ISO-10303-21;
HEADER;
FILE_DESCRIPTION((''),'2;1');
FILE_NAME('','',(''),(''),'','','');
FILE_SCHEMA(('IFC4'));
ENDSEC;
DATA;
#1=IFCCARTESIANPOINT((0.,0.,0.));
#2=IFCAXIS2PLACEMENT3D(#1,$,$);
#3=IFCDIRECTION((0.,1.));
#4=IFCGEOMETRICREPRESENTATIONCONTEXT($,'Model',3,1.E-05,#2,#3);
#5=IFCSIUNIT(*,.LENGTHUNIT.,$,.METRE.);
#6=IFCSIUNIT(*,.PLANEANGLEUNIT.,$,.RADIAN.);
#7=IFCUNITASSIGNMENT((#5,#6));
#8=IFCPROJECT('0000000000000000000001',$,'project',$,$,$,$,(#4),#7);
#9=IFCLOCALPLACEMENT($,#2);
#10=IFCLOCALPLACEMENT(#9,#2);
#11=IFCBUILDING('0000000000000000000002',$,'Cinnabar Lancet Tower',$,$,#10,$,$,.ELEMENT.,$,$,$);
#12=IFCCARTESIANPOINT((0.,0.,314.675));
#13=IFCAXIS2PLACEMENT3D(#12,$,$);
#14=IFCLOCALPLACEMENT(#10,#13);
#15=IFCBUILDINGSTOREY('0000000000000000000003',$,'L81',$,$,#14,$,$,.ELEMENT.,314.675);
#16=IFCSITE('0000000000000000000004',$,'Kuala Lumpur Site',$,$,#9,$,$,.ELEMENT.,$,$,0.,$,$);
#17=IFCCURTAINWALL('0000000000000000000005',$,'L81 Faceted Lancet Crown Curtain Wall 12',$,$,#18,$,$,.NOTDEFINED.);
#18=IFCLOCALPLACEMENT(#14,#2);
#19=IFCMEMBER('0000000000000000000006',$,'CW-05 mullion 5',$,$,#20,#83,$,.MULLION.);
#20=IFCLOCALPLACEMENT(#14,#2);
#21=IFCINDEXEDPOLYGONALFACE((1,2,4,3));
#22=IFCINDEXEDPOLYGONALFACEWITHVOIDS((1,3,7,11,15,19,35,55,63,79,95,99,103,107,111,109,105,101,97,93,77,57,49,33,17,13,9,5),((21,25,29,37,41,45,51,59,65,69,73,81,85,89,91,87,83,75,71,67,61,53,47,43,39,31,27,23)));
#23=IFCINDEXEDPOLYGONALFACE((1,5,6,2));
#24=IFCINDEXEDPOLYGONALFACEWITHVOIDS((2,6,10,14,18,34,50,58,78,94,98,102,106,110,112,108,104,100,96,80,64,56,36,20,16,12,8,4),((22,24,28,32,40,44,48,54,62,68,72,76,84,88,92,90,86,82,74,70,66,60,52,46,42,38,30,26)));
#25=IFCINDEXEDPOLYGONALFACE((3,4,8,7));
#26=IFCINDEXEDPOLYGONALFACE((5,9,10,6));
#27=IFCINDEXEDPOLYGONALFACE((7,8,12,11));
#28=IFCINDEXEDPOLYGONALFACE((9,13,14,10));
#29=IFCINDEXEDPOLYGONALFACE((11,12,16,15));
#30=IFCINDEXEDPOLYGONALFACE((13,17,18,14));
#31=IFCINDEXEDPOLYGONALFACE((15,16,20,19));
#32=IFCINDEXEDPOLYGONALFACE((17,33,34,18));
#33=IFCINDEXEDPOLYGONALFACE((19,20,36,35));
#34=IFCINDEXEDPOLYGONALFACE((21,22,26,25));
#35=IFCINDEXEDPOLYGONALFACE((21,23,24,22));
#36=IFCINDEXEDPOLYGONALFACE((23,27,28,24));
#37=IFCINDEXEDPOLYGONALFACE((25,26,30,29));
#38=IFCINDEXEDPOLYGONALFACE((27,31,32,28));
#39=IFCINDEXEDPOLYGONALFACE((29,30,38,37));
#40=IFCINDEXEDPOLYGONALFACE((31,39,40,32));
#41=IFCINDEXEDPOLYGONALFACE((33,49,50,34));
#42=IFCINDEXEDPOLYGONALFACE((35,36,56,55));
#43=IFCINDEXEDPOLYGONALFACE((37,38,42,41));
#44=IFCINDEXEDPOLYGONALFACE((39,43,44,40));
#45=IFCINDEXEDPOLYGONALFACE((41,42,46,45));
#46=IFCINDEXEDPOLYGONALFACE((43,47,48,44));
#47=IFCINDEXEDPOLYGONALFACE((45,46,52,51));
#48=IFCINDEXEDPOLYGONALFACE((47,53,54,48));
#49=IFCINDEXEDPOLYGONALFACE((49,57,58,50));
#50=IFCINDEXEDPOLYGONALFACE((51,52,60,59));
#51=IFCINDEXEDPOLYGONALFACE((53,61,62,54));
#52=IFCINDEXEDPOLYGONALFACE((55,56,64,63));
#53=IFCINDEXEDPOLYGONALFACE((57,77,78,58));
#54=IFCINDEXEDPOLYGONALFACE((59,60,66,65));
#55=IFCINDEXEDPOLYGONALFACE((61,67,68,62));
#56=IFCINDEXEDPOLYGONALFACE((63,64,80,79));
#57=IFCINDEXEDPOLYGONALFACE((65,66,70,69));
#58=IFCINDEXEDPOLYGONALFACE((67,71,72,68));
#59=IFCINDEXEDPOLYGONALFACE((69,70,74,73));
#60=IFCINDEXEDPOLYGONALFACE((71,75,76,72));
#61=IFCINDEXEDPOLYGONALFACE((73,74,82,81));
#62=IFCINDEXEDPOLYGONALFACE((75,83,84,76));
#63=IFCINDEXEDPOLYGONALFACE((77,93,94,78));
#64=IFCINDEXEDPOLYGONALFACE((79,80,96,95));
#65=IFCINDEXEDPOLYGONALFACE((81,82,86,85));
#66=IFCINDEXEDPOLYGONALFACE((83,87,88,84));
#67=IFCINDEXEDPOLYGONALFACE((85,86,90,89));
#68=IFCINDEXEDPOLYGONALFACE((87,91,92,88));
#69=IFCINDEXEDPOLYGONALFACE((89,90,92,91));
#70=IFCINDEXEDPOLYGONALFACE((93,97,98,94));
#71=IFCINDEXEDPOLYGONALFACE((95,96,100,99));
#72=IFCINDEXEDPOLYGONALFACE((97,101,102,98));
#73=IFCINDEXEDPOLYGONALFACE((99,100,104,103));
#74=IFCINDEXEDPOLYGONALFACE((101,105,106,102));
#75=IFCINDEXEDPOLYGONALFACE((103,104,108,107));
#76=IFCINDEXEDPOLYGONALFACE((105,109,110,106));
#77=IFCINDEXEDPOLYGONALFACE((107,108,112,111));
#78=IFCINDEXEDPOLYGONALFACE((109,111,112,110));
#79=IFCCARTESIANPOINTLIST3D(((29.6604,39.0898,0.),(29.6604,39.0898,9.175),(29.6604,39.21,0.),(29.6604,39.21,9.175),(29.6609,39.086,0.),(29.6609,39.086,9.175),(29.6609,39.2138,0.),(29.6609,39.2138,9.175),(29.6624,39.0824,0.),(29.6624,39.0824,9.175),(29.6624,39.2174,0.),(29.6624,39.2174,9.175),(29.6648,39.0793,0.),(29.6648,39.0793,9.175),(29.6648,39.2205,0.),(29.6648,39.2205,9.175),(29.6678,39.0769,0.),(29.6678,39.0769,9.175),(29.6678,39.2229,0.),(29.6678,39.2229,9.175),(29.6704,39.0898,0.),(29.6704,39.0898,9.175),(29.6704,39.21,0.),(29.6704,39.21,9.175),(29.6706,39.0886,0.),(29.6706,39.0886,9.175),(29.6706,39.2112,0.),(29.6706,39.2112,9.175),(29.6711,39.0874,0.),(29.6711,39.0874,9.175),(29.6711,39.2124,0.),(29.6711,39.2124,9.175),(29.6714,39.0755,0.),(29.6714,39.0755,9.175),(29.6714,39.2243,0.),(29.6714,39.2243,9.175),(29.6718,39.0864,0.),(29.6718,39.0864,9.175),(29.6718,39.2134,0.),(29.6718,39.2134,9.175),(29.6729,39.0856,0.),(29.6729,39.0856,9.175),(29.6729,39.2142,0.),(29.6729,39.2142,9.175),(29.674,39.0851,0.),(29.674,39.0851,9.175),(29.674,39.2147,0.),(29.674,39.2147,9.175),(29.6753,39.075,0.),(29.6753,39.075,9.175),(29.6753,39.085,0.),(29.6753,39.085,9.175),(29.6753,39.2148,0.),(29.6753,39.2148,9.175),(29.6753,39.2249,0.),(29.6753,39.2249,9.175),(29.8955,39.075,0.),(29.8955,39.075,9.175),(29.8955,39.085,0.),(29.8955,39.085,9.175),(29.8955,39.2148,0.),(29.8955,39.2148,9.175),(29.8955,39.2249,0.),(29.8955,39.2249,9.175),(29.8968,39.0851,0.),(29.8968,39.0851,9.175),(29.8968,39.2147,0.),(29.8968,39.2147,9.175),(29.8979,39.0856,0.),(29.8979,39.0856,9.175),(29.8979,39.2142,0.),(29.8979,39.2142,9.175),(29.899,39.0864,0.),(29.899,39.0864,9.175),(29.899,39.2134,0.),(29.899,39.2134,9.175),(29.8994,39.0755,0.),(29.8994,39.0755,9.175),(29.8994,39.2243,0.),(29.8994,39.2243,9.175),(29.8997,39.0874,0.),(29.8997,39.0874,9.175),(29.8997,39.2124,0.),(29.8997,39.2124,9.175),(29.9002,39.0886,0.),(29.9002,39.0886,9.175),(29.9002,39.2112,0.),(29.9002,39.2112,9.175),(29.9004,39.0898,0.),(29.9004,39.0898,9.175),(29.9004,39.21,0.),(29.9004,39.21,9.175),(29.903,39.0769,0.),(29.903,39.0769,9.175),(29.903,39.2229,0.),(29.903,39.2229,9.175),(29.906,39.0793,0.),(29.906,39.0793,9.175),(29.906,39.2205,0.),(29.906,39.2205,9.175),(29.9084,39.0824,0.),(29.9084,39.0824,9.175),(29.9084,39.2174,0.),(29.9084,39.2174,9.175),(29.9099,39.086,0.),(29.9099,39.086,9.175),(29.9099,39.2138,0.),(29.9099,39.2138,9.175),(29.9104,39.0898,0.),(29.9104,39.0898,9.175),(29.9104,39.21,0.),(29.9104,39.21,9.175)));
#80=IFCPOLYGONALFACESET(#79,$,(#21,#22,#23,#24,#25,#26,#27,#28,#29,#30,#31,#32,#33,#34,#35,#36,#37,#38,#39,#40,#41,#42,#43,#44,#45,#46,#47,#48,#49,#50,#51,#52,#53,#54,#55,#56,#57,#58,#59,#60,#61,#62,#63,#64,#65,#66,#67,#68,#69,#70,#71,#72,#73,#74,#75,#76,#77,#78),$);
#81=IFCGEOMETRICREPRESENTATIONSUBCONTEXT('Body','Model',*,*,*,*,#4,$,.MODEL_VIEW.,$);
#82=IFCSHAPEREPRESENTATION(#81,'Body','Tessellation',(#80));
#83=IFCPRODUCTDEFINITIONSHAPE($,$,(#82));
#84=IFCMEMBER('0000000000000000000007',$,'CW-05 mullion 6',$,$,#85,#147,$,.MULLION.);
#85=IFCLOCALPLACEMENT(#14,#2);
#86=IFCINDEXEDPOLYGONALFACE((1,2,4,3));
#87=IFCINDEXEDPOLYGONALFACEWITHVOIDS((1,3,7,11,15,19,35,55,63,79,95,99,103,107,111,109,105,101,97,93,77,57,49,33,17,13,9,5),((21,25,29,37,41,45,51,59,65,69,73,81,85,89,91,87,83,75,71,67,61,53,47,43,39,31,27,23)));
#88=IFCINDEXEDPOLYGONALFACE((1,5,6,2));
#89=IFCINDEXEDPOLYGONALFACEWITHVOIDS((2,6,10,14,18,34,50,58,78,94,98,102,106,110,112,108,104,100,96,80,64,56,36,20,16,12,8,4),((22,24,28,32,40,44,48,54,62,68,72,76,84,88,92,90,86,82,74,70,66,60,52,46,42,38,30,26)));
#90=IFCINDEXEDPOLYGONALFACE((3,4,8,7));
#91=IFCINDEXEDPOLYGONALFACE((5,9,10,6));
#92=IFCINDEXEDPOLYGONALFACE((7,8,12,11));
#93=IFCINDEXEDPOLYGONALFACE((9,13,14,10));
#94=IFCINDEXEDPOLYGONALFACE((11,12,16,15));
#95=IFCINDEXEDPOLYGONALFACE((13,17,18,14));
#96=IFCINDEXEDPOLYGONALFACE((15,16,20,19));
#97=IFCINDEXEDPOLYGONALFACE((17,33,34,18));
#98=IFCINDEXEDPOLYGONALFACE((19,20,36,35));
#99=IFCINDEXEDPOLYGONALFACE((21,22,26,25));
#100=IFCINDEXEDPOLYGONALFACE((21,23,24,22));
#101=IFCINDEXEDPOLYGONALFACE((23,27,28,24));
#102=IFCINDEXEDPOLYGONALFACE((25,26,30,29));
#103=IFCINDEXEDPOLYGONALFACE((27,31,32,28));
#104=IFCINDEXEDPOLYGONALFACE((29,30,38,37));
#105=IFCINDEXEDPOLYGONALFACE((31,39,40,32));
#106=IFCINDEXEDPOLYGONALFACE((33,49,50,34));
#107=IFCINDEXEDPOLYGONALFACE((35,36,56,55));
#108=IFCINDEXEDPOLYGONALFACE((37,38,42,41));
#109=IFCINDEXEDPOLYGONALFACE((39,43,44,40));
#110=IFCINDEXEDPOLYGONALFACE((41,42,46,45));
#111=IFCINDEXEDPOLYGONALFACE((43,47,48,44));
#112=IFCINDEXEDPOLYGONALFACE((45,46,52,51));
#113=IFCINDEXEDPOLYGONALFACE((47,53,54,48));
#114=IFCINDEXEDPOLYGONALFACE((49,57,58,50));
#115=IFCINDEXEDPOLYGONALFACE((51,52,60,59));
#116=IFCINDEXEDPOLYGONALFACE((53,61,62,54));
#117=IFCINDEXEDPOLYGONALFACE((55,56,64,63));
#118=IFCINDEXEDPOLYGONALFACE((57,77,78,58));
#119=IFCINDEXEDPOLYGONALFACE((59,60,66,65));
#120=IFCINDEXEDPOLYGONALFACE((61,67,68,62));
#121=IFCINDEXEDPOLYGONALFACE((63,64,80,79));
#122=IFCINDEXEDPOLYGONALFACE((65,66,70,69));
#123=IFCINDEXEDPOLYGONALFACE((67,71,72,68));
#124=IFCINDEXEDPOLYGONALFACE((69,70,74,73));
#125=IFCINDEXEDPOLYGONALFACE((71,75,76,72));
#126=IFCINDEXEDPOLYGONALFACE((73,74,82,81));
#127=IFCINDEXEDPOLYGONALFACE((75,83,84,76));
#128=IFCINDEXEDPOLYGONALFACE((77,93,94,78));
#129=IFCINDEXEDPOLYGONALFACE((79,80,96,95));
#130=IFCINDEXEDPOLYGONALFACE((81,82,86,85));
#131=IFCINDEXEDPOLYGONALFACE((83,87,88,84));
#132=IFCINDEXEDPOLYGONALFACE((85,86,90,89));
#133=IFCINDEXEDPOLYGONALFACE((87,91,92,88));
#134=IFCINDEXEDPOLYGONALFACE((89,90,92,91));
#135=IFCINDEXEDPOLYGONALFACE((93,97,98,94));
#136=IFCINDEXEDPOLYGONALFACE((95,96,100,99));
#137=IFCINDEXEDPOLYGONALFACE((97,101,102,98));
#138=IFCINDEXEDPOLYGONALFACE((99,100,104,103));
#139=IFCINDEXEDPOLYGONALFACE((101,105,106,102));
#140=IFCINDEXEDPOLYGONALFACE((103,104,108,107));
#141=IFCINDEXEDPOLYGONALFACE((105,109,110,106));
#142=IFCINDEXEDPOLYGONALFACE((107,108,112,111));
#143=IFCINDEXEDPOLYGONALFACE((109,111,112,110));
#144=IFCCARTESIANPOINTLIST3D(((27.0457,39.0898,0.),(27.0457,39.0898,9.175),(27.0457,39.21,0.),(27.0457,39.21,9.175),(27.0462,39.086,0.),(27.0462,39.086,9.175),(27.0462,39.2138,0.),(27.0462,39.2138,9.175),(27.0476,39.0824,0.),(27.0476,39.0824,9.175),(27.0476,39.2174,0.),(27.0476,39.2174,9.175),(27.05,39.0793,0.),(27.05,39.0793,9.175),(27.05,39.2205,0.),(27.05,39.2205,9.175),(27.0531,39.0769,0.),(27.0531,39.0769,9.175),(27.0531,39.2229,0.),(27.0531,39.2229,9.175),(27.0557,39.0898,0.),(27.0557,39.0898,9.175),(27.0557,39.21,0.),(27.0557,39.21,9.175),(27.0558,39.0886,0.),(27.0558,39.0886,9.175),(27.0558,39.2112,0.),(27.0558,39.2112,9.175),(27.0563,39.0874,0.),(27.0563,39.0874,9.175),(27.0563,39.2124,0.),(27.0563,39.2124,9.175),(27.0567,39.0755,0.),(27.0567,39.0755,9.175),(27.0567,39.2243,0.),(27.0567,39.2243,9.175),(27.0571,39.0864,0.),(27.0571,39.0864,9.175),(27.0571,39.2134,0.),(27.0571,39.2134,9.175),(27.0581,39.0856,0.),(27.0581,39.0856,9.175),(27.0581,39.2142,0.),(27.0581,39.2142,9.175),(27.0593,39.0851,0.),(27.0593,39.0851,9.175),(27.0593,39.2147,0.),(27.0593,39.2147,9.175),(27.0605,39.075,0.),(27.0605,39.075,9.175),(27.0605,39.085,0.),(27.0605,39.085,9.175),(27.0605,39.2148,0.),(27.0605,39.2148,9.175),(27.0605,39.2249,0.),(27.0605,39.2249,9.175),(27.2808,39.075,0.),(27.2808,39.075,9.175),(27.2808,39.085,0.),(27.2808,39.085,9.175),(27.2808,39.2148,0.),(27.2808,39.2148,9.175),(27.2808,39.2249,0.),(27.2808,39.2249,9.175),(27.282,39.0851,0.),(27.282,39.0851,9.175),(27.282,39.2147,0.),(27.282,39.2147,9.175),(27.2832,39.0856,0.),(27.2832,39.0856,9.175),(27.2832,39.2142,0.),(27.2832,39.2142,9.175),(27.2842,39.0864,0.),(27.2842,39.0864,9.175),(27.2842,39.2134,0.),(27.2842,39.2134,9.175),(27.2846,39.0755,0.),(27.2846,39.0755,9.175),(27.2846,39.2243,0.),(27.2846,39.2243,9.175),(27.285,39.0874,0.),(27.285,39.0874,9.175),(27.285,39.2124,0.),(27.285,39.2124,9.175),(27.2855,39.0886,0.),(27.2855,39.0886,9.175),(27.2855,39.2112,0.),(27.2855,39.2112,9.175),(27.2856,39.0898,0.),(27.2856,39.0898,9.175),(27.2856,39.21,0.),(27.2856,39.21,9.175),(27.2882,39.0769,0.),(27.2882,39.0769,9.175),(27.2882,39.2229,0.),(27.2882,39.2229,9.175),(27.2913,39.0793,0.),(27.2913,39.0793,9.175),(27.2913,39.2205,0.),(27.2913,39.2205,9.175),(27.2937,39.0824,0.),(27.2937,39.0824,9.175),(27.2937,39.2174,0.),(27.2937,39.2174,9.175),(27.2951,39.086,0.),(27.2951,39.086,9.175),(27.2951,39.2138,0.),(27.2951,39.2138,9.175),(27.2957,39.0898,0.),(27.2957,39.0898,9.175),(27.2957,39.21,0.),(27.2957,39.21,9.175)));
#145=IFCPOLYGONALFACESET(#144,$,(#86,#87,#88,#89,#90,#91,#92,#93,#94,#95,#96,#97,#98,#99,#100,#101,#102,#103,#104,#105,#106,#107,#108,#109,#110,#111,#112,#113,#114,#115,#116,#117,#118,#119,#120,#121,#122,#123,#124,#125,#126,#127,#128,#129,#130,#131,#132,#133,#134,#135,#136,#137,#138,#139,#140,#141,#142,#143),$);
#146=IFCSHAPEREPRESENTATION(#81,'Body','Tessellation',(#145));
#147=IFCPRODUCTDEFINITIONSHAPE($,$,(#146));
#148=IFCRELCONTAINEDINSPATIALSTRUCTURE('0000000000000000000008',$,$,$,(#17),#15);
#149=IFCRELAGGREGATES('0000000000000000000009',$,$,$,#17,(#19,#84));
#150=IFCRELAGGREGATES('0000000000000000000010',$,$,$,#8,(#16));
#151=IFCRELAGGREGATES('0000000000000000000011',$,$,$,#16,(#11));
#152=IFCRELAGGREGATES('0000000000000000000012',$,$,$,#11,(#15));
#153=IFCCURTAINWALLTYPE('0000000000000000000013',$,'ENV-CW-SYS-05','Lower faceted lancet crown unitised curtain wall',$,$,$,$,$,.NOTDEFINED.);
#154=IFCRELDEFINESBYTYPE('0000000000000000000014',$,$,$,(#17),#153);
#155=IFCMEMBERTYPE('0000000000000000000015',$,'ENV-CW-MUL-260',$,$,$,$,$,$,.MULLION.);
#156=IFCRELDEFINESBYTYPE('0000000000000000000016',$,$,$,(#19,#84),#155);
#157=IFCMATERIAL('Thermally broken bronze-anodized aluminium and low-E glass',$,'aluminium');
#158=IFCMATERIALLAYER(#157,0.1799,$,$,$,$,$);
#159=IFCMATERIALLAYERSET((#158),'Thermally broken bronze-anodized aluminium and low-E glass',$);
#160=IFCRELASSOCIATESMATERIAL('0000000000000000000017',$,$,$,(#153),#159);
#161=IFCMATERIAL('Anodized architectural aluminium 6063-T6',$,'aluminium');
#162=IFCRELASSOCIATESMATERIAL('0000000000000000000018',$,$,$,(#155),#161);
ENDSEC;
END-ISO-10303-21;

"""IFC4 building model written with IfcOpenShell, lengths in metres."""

from ifc_helpers import new_model, si_unit, direction, frame, origin, origin_2d, place, context, subcontext, project, spatial, hollow_rectangle, extrude, material, layer, layer_set, material_profile, profile_set, type_object, element, aggregate, save


model = new_model("IFC4")

# Units and contexts
model_context = context("Model", 3, precision=1e-05, world=origin(), true_north=direction((0.0, 1.0)))
body_context = subcontext(model_context, "Body", "Model", "MODEL_VIEW")
ifc_project = project(units=[si_unit("LENGTHUNIT", "METRE"), si_unit("PLANEANGLEUNIT", "RADIAN")], contexts=[model_context])

# Site, building, storey
site_placement = place(None, origin())
site = spatial("IfcSite", under=ifc_project, at=site_placement, Name="Kuala Lumpur Site", CompositionType="ELEMENT", RefElevation=0.0)
building_placement = place(site_placement, origin())
building = spatial("IfcBuilding", under=site, at=building_placement, Name="Cinnabar Lancet Tower", CompositionType="ELEMENT")
storey_placement = place(building_placement, frame((0.0, 0.0, 314.675)))
storey = spatial("IfcBuildingStorey", under=building, at=storey_placement, Name="L81", CompositionType="ELEMENT", Elevation=314.675)

# Curtain wall, members
ifc_material_1 = material(Name="Thermally broken bronze-anodized aluminium and low-E glass", Category="aluminium")
ifc_layer_1 = layer(ifc_material_1, 0.1799)
ifc_layer_set_1 = layer_set([ifc_layer_1], Name="Thermally broken bronze-anodized aluminium and low-E glass")
curtain_wall_type = type_object("IfcCurtainWallType", Name="ENV-CW-SYS-05", Description="Lower faceted lancet crown unitised curtain wall", PredefinedType="NOTDEFINED", material=ifc_layer_set_1)
curtain_wall_1_placement = place(storey_placement, origin())
curtain_wall_1 = element("IfcCurtainWall", 1, at=curtain_wall_1_placement, inside=storey, type_object=curtain_wall_type, Name="L81 Faceted Lancet Crown Curtain Wall 12", PredefinedType="NOTDEFINED")
ifc_material_2 = material(Name="Anodized architectural aluminium 6063-T6", Category="aluminium")
ifc_material_profile_1 = material_profile(ifc_material_2, hollow_rectangle(XDim=0.1499, YDim=0.25, WallThickness=0.01, InnerFilletRadius=0.0049, OuterFilletRadius=0.0149, at=origin_2d()), Name="RHS 250x150x10")
ifc_profile_set_1 = profile_set([ifc_material_profile_1], Name="Anodized architectural aluminium 6063-T6")
member_type_1 = type_object("IfcMemberType", Name="ENV-CW-MUL-260", PredefinedType="MULLION", material=ifc_profile_set_1)
member_1_placement = place(storey_placement, frame((29.7854, 39.1499, 0.0), z_axis=(0.0, 0.0, 1.0), x_axis=(0.0, -1.0, 0.0)))
member_1 = element("IfcMember", 2, at=member_1_placement, type_object=member_type_1, Name="CW-05 mullion 5", PredefinedType="MULLION", context=body_context, shape_type="SweptSolid", body=[
    extrude(hollow_rectangle(XDim=0.1499, YDim=0.25, WallThickness=0.01, InnerFilletRadius=0.0049, OuterFilletRadius=0.0149, at=origin_2d()), origin(), (0.0, 0.0, 1.0), 9.175),
])
member_2_placement = place(storey_placement, frame((27.1707, 39.1499, 0.0), z_axis=(0.0, 0.0, 1.0), x_axis=(0.0, -1.0, 0.0)))
member_2 = element("IfcMember", 3, at=member_2_placement, type_object=member_type_1, Name="CW-05 mullion 6", PredefinedType="MULLION", context=body_context, shape_type="SweptSolid", body=[
    extrude(hollow_rectangle(XDim=0.1499, YDim=0.25, WallThickness=0.01, InnerFilletRadius=0.0049, OuterFilletRadius=0.0149, at=origin_2d()), origin(), (0.0, 0.0, 1.0), 9.175),
])

aggregate(curtain_wall_1, [member_1, member_2])

save(model, "model.ifc")
